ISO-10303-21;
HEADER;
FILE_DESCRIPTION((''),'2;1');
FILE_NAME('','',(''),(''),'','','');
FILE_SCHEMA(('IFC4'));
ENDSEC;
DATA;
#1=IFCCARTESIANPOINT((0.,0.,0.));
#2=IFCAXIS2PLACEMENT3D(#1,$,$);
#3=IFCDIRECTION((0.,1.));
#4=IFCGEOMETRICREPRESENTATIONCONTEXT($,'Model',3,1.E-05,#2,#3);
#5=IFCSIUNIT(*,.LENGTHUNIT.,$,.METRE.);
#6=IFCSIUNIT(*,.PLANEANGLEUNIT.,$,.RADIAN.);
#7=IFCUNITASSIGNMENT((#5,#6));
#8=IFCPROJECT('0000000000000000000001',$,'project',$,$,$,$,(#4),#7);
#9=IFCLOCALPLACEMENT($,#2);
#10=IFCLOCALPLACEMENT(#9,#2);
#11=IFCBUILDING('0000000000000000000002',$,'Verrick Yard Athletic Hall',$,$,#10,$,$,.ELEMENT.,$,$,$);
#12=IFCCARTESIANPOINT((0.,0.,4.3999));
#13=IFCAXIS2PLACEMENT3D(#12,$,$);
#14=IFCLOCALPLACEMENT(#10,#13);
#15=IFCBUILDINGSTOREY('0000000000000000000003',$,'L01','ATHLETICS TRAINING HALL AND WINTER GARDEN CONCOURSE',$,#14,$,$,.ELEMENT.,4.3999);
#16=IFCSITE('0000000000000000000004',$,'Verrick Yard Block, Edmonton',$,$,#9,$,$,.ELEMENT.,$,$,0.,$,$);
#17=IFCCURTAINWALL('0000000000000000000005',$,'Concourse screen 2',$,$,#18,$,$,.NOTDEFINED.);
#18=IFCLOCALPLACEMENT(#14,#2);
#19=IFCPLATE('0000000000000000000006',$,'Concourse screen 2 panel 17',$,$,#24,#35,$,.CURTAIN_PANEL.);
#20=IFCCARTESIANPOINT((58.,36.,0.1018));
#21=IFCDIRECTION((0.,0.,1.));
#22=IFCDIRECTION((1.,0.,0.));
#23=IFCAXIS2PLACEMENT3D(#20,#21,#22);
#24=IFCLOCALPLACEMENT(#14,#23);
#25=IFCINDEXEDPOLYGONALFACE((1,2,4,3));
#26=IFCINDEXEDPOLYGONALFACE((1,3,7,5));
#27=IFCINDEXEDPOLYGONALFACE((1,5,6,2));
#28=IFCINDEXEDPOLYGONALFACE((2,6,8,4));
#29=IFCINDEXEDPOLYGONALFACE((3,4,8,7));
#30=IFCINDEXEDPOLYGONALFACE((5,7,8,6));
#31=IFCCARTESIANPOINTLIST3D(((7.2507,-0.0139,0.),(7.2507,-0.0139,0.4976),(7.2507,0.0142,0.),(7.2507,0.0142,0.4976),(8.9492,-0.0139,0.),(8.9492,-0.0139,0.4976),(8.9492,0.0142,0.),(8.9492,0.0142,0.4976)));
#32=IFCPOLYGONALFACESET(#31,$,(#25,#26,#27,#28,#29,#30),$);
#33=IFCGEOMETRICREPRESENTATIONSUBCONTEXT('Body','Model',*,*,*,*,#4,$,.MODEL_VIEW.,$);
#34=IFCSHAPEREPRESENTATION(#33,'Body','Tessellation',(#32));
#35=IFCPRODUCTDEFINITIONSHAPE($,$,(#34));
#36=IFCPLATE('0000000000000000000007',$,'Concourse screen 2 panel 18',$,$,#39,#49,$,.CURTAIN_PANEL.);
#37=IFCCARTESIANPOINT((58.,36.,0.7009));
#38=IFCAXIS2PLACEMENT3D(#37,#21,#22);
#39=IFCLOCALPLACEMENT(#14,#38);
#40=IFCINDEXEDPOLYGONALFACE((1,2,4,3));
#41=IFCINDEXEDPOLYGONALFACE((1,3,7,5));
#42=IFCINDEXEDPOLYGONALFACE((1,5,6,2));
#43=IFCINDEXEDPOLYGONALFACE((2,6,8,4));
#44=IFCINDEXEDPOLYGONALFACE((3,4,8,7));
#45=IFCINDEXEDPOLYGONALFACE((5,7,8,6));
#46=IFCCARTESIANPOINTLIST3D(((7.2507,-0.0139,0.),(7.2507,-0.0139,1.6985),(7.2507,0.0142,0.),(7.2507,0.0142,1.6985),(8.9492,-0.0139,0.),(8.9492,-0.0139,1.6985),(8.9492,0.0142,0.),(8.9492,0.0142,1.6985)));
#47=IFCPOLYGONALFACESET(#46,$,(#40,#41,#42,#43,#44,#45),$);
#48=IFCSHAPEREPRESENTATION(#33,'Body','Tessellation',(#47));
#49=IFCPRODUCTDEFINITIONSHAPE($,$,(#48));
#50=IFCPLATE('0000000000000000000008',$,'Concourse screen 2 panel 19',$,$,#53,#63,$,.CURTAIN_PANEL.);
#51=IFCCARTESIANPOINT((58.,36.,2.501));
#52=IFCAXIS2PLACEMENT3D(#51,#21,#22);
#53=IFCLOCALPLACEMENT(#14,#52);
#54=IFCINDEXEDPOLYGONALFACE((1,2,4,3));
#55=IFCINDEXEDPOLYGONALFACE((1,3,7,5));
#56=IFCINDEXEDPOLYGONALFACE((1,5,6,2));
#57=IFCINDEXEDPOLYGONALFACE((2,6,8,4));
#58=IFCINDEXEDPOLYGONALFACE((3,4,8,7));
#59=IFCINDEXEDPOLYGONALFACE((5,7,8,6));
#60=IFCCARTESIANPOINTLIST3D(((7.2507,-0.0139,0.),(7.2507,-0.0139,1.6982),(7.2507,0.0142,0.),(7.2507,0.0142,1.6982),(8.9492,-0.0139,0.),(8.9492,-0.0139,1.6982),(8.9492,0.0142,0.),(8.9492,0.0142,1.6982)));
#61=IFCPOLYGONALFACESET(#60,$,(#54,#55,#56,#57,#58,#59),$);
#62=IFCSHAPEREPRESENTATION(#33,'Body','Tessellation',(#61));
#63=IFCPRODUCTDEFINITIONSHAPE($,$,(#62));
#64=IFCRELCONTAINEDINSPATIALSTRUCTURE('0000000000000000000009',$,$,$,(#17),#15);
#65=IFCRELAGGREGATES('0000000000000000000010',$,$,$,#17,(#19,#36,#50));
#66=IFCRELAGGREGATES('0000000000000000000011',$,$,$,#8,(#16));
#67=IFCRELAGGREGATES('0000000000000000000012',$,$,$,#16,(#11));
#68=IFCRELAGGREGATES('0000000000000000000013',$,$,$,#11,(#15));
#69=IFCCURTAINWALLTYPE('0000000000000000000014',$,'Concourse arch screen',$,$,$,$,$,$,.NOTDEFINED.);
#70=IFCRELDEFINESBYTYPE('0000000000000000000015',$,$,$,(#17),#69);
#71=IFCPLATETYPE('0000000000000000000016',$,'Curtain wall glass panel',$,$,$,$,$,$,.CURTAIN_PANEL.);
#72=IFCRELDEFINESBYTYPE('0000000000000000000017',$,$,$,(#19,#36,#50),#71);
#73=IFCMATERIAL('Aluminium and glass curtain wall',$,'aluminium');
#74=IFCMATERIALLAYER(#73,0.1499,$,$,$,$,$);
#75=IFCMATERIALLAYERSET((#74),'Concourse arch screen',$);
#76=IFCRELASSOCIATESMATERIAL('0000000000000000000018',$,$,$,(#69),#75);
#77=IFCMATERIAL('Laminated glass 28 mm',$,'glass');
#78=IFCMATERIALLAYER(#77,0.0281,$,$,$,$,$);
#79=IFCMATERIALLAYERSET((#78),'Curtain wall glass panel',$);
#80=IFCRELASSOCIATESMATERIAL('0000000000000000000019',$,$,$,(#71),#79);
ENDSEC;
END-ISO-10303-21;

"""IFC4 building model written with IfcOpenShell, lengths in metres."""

from ifc_helpers import new_model, si_unit, direction, frame, origin, place, context, subcontext, project, spatial, polyline, outline, extrude, material, layer, layer_set, type_object, element, aggregate, save


model = new_model("IFC4")

# Units and contexts
model_context = context("Model", 3, precision=1e-05, world=origin(), true_north=direction((0.0, 1.0)))
body_context = subcontext(model_context, "Body", "Model", "MODEL_VIEW")
ifc_project = project(units=[si_unit("LENGTHUNIT", "METRE"), si_unit("PLANEANGLEUNIT", "RADIAN")], contexts=[model_context])

# Site, building, storey
site_placement = place(None, origin())
site = spatial("IfcSite", under=ifc_project, at=site_placement, Name="Verrick Yard Block, Edmonton", CompositionType="ELEMENT", RefElevation=0.0)
building_placement = place(site_placement, origin())
building = spatial("IfcBuilding", under=site, at=building_placement, Name="Verrick Yard Athletic Hall", CompositionType="ELEMENT")
storey_placement = place(building_placement, frame((0.0, 0.0, 4.3999)))
storey = spatial("IfcBuildingStorey", under=building, at=storey_placement, Name="L01", Description="ATHLETICS TRAINING HALL AND WINTER GARDEN CONCOURSE", CompositionType="ELEMENT", Elevation=4.3999)

# Shared definitions
ifc_material_1 = material(Name="Aluminium and glass curtain wall", Category="aluminium")

# Curtain wall, plates
ifc_layer_1 = layer(ifc_material_1, 0.1499)
ifc_layer_set_1 = layer_set([ifc_layer_1], Name="Concourse arch screen")
curtain_wall_type_1 = type_object("IfcCurtainWallType", Name="Concourse arch screen", PredefinedType="NOTDEFINED", material=ifc_layer_set_1)
curtain_wall_1_placement = place(storey_placement, origin())
curtain_wall_1 = element("IfcCurtainWall", 1, at=curtain_wall_1_placement, inside=storey, type_object=curtain_wall_type_1, Name="Concourse screen 2", PredefinedType="NOTDEFINED")
ifc_material_2 = material(Name="Laminated glass 28 mm", Category="glass")
ifc_layer_2 = layer(ifc_material_2, 0.0281)
ifc_layer_set_2 = layer_set([ifc_layer_2], Name="Curtain wall glass panel")
plate_type = type_object("IfcPlateType", Name="Curtain wall glass panel", PredefinedType="CURTAIN_PANEL", material=ifc_layer_set_2)
plate_1_placement = place(storey_placement, frame((58.0, 36.0, 0.1018), z_axis=(0.0, 0.0, 1.0), x_axis=(1.0, 0.0, 0.0)))
plate_1 = element("IfcPlate", 2, at=plate_1_placement, type_object=plate_type, Name="Concourse screen 2 panel 17", PredefinedType="CURTAIN_PANEL", context=body_context, shape_type="SweptSolid", body=[
    extrude(outline(polyline([(8.9492, 0.0), (8.9492, 0.4976), (7.2507, 0.4976), (7.2507, 0.0), (8.9492, 0.0)])), frame((0.0, 0.0142, 0.0), z_axis=(0.0, -1.0, 0.0), x_axis=(1.0, 0.0, 0.0)), (0.0, 0.0, 1.0), 0.0281),
])
plate_2_placement = place(storey_placement, frame((58.0, 36.0, 0.7009), z_axis=(0.0, 0.0, 1.0), x_axis=(1.0, 0.0, 0.0)))
plate_2 = element("IfcPlate", 3, at=plate_2_placement, type_object=plate_type, Name="Concourse screen 2 panel 18", PredefinedType="CURTAIN_PANEL", context=body_context, shape_type="SweptSolid", body=[
    extrude(outline(polyline([(8.9492, 0.0), (8.9492, 1.6985), (7.2507, 1.6985), (7.2507, 0.0), (8.9492, 0.0)])), frame((0.0, 0.0142, 0.0), z_axis=(0.0, -1.0, 0.0), x_axis=(1.0, 0.0, 0.0)), (0.0, 0.0, 1.0), 0.0281),
])
plate_3_placement = place(storey_placement, frame((58.0, 36.0, 2.501), z_axis=(0.0, 0.0, 1.0), x_axis=(1.0, 0.0, 0.0)))
plate_3 = element("IfcPlate", 4, at=plate_3_placement, type_object=plate_type, Name="Concourse screen 2 panel 19", PredefinedType="CURTAIN_PANEL", context=body_context, shape_type="SweptSolid", body=[
    extrude(outline(polyline([(8.9492, 0.0), (8.9492, 1.6982), (7.2507, 1.6982), (7.2507, 0.0), (8.9492, 0.0)])), frame((0.0, 0.0142, 0.0), z_axis=(0.0, -1.0, 0.0), x_axis=(1.0, 0.0, 0.0)), (0.0, 0.0, 1.0), 0.0281),
])
aggregate(curtain_wall_1, [plate_1, plate_2, plate_3])

save(model, "model.ifc")
